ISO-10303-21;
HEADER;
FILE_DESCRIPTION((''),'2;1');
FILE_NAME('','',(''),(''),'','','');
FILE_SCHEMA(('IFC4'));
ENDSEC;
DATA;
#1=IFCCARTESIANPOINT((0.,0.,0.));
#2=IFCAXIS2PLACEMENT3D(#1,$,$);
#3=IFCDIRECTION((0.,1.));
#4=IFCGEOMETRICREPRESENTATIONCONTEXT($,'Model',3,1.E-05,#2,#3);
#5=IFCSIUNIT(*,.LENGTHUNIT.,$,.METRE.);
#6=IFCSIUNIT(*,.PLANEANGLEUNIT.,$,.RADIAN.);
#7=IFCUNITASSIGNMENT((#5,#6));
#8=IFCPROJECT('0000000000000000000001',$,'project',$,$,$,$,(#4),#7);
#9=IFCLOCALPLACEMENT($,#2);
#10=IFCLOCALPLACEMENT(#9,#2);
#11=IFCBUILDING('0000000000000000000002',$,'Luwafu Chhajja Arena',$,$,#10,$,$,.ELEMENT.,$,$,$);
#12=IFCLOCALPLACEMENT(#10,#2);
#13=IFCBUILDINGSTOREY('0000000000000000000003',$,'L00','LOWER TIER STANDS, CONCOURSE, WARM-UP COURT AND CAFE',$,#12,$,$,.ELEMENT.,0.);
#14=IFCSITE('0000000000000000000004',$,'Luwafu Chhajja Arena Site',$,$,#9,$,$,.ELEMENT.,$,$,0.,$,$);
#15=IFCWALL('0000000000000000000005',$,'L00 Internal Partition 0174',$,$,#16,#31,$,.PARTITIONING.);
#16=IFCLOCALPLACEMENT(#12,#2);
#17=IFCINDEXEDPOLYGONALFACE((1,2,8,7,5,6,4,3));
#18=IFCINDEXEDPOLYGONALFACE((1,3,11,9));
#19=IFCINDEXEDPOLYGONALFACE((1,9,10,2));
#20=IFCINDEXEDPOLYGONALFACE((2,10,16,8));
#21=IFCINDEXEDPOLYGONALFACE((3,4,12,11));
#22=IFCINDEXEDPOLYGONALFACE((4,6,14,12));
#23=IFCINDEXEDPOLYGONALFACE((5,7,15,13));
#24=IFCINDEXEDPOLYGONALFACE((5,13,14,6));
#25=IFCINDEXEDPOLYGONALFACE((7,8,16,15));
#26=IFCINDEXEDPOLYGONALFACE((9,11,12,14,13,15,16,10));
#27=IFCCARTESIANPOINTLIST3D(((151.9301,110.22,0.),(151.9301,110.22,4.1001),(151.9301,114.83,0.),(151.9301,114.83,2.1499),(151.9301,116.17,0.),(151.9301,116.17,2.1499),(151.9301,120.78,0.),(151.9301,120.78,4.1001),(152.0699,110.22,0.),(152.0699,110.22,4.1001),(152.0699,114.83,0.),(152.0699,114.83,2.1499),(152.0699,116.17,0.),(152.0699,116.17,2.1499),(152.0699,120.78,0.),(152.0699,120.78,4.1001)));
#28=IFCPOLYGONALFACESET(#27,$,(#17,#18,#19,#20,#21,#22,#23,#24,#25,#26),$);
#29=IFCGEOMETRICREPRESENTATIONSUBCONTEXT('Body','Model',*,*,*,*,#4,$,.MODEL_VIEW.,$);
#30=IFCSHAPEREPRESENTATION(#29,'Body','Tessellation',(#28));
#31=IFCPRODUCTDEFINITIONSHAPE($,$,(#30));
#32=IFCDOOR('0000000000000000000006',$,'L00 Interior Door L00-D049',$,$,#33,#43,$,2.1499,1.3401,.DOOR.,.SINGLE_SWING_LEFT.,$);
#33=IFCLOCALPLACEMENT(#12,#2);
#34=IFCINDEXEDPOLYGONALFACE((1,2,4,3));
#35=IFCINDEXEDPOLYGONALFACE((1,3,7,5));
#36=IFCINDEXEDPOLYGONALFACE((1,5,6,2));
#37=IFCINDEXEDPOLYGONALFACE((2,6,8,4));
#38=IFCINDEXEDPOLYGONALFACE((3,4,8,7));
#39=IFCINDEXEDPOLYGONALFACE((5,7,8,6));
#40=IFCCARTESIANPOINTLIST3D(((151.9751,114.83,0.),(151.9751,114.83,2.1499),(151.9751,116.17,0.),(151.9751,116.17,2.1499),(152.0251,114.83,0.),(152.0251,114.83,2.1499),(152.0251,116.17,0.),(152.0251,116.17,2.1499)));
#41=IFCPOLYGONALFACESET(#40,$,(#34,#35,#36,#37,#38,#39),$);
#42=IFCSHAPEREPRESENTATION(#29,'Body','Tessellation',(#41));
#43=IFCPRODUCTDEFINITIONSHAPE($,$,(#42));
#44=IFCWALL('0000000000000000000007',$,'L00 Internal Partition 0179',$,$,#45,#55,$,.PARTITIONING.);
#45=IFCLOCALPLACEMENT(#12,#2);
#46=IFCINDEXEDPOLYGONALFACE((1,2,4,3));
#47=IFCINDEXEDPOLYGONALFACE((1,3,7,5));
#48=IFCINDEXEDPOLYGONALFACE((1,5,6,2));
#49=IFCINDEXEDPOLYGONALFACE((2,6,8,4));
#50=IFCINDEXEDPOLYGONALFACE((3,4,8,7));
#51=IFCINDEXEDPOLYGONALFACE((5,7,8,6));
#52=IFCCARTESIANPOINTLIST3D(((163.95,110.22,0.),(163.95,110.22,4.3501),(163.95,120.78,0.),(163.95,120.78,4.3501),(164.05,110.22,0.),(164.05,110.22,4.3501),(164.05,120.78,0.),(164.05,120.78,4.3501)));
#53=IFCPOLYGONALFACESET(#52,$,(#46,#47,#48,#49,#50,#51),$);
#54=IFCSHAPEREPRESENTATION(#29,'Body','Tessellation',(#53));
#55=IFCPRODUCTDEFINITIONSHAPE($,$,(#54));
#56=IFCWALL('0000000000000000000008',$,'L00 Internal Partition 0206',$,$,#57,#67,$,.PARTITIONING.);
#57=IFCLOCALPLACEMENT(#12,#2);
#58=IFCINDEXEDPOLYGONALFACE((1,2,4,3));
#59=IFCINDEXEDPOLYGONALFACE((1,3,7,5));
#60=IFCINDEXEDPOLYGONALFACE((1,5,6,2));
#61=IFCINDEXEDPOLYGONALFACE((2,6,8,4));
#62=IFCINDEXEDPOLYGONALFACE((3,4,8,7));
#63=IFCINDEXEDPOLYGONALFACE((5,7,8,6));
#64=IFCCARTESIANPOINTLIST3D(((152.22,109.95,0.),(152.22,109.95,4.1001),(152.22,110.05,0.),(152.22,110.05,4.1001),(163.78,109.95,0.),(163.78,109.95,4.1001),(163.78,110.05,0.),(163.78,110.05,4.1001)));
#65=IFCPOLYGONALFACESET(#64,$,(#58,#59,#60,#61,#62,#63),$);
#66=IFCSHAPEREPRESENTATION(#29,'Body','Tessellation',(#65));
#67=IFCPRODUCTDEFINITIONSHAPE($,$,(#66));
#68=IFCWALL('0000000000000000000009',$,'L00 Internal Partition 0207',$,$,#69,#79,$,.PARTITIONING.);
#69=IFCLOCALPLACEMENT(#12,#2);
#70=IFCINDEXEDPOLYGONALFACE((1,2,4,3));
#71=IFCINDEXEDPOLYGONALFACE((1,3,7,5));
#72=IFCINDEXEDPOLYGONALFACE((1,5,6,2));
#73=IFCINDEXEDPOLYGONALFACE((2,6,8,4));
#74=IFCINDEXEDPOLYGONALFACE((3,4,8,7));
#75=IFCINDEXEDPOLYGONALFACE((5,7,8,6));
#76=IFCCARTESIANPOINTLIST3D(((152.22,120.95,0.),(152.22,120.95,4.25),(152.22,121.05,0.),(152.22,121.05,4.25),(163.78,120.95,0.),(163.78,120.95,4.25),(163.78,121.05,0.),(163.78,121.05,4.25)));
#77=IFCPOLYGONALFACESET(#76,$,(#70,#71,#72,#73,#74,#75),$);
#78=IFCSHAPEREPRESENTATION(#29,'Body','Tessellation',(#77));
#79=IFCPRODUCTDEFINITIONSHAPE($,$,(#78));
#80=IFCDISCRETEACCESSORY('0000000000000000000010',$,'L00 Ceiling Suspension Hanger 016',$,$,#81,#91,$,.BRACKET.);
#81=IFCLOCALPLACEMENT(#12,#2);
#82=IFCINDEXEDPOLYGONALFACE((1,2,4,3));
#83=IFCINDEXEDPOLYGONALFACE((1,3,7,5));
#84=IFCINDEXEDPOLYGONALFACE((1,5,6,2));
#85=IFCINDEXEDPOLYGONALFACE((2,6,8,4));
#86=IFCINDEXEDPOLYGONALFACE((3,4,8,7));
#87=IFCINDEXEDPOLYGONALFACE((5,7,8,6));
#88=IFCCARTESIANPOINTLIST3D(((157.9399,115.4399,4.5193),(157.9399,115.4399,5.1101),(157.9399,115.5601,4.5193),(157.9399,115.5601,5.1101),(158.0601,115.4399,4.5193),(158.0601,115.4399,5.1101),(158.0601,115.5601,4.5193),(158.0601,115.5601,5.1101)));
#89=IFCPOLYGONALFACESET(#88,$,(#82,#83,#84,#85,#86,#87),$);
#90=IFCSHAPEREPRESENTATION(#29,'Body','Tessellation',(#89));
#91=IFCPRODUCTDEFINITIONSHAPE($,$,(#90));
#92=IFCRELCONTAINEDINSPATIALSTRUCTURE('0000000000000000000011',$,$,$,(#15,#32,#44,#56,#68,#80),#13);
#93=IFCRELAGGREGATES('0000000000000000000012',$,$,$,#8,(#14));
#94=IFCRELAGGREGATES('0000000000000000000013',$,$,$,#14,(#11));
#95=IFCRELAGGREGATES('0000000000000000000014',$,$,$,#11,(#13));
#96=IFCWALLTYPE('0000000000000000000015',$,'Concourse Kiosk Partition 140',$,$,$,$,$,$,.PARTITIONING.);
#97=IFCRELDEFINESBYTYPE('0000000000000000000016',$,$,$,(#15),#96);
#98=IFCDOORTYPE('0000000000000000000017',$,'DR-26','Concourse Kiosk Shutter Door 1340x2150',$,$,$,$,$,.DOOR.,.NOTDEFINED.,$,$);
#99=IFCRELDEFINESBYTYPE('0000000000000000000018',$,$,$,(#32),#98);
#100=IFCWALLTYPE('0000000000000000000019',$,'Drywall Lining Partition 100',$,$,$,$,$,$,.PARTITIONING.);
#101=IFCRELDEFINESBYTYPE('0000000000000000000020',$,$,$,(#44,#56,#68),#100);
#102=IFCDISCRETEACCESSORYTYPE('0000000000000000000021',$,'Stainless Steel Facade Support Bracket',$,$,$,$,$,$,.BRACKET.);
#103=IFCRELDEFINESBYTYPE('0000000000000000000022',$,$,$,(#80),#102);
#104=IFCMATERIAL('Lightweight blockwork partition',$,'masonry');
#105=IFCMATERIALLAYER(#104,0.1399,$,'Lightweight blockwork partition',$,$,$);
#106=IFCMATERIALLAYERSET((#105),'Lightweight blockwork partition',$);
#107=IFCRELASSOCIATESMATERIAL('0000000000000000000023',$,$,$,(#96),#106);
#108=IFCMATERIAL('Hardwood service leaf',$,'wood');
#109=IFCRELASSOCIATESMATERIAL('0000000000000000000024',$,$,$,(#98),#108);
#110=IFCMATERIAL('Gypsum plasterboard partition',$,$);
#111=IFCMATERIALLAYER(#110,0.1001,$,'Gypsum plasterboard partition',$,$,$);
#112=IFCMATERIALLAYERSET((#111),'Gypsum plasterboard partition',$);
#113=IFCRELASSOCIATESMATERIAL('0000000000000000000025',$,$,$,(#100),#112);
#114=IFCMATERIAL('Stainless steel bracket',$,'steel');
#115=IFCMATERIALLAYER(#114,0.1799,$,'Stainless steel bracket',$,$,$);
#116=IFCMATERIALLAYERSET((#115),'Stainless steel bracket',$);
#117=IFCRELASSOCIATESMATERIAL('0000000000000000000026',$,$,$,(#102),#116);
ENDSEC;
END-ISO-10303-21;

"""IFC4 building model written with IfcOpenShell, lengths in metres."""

from ifc_helpers import new_model, si_unit, direction, frame, frame_2d, origin, origin_2d, place, context, subcontext, project, spatial, rectangle, extrude, material, layer, layer_set, type_object, element, fill, save


model = new_model("IFC4")

# Units and contexts
model_context = context("Model", 3, precision=1e-05, world=origin(), true_north=direction((0.0, 1.0)))
body_context = subcontext(model_context, "Body", "Model", "MODEL_VIEW")
ifc_project = project(units=[si_unit("LENGTHUNIT", "METRE"), si_unit("PLANEANGLEUNIT", "RADIAN")], contexts=[model_context])

# Site, building, storey
site_placement = place(None, origin())
site = spatial("IfcSite", under=ifc_project, at=site_placement, Name="Luwafu Chhajja Arena Site", CompositionType="ELEMENT", RefElevation=0.0)
building_placement = place(site_placement, origin())
building = spatial("IfcBuilding", under=site, at=building_placement, Name="Luwafu Chhajja Arena", CompositionType="ELEMENT")
storey_placement = place(building_placement, origin())
storey = spatial("IfcBuildingStorey", under=building, at=storey_placement, Name="L00", Description="LOWER TIER STANDS, CONCOURSE, WARM-UP COURT AND CAFE", CompositionType="ELEMENT", Elevation=0.0)

# Wall, opening, door
ifc_material_1 = material(Name="Lightweight blockwork partition", Category="masonry")
ifc_layer_1 = layer(ifc_material_1, 0.1399, Name="Lightweight blockwork partition")
ifc_layer_set_1 = layer_set([ifc_layer_1], Name="Lightweight blockwork partition")
wall_type_1 = type_object("IfcWallType", Name="Concourse Kiosk Partition 140", PredefinedType="PARTITIONING", material=ifc_layer_set_1)
wall_1_placement = place(storey_placement, frame((152.0, 110.22, 0.0), z_axis=(0.0, 0.0, 1.0), x_axis=(0.0, 1.0, 0.0)))
wall_1 = element("IfcWall", 1, at=wall_1_placement, inside=storey, type_object=wall_type_1, Name="L00 Internal Partition 0174", PredefinedType="PARTITIONING", context=body_context, shape_type="SweptSolid", body=[
    extrude(rectangle(XDim=10.5601, YDim=0.1399, at=frame_2d((5.28, 0.0))), origin(), (0.0, 0.0, 1.0), 4.1001),
])
opening_placement = place(wall_1_placement, frame((4.6101, 0.0, 0.0)))
opening = element("IfcOpeningElement", 2, at=opening_placement, cuts=wall_1, PredefinedType="OPENING", context=body_context, shape_type="SweptSolid", body=[
    extrude(rectangle(XDim=1.3401, YDim=2.1499, at=frame_2d((0.6699, 1.075))), frame((0.0, 0.0798, 0.0), z_axis=(0.0, -1.0, 0.0), x_axis=(1.0, 0.0, 0.0)), (0.0, 0.0, 1.0), 0.1599),
])
ifc_material_2 = material(Name="Hardwood service leaf", Category="wood")
door_type = type_object("IfcDoorType", Name="DR-26", Description="Concourse Kiosk Shutter Door 1340x2150", OperationType="NOTDEFINED", PredefinedType="DOOR", material=ifc_material_2)
door_placement = place(opening_placement, origin())
door = element("IfcDoor", 3, at=door_placement, inside=storey, type_object=door_type, Name="L00 Interior Door L00-D049", OperationType="SINGLE_SWING_LEFT", OverallHeight=2.1499, OverallWidth=1.3401, PredefinedType="DOOR", context=body_context, shape_type="SweptSolid", body=[
    extrude(rectangle(XDim=1.3401, YDim=2.1499, at=frame_2d((0.6699, 1.075))), frame((0.0, 0.0249, 0.0), z_axis=(0.0, -1.0, 0.0), x_axis=(1.0, 0.0, 0.0)), (0.0, 0.0, 1.0), 0.05),
])
fill(opening, door)

# Walls
ifc_material_3 = material(Name="Gypsum plasterboard partition")
ifc_layer_2 = layer(ifc_material_3, 0.1001, Name="Gypsum plasterboard partition")
ifc_layer_set_2 = layer_set([ifc_layer_2], Name="Gypsum plasterboard partition")
wall_type_2 = type_object("IfcWallType", Name="Drywall Lining Partition 100", PredefinedType="PARTITIONING", material=ifc_layer_set_2)
wall_2_placement = place(storey_placement, frame((164.0, 110.22, 0.0), z_axis=(0.0, 0.0, 1.0), x_axis=(0.0, 1.0, 0.0)))
element("IfcWall", 4, at=wall_2_placement, inside=storey, type_object=wall_type_2, Name="L00 Internal Partition 0179", PredefinedType="PARTITIONING", context=body_context, shape_type="SweptSolid", body=[
    extrude(rectangle(XDim=10.5601, YDim=0.1001, at=frame_2d((5.28, 0.0))), origin(), (0.0, 0.0, 1.0), 4.3501),
])
wall_3_placement = place(storey_placement, frame((152.22, 110.0, 0.0), z_axis=(0.0, 0.0, 1.0), x_axis=(1.0, 0.0, 0.0)))
element("IfcWall", 5, at=wall_3_placement, inside=storey, type_object=wall_type_2, Name="L00 Internal Partition 0206", PredefinedType="PARTITIONING", context=body_context, shape_type="SweptSolid", body=[
    extrude(rectangle(XDim=11.5601, YDim=0.1001, at=frame_2d((5.78, 0.0))), origin(), (0.0, 0.0, 1.0), 4.1001),
])
wall_4_placement = place(storey_placement, frame((152.22, 121.0, 0.0), z_axis=(0.0, 0.0, 1.0), x_axis=(1.0, 0.0, 0.0)))
element("IfcWall", 6, at=wall_4_placement, inside=storey, type_object=wall_type_2, Name="L00 Internal Partition 0207", PredefinedType="PARTITIONING", context=body_context, shape_type="SweptSolid", body=[
    extrude(rectangle(XDim=11.5601, YDim=0.1001, at=frame_2d((5.78, 0.0))), origin(), (0.0, 0.0, 1.0), 4.25),
])

# Discrete accessory
ifc_material_4 = material(Name="Stainless steel bracket", Category="steel")
ifc_layer_3 = layer(ifc_material_4, 0.1799, Name="Stainless steel bracket")
ifc_layer_set_3 = layer_set([ifc_layer_3], Name="Stainless steel bracket")
discrete_accessory_type = type_object("IfcDiscreteAccessoryType", Name="Stainless Steel Facade Support Bracket", PredefinedType="BRACKET", material=ifc_layer_set_3)
discrete_accessory_placement = place(storey_placement, frame((158.0, 115.5, 4.5193), z_axis=(0.0, 0.0, 1.0), x_axis=(1.0, 0.0, 0.0)))
element("IfcDiscreteAccessory", 7, at=discrete_accessory_placement, inside=storey, type_object=discrete_accessory_type, Name="L00 Ceiling Suspension Hanger 016", PredefinedType="BRACKET", context=body_context, shape_type="SweptSolid", body=[
    extrude(rectangle(XDim=0.1201, YDim=0.1201, at=origin_2d()), origin(), (0.0, 0.0, 1.0), 0.5908),
])

save(model, "model.ifc")
